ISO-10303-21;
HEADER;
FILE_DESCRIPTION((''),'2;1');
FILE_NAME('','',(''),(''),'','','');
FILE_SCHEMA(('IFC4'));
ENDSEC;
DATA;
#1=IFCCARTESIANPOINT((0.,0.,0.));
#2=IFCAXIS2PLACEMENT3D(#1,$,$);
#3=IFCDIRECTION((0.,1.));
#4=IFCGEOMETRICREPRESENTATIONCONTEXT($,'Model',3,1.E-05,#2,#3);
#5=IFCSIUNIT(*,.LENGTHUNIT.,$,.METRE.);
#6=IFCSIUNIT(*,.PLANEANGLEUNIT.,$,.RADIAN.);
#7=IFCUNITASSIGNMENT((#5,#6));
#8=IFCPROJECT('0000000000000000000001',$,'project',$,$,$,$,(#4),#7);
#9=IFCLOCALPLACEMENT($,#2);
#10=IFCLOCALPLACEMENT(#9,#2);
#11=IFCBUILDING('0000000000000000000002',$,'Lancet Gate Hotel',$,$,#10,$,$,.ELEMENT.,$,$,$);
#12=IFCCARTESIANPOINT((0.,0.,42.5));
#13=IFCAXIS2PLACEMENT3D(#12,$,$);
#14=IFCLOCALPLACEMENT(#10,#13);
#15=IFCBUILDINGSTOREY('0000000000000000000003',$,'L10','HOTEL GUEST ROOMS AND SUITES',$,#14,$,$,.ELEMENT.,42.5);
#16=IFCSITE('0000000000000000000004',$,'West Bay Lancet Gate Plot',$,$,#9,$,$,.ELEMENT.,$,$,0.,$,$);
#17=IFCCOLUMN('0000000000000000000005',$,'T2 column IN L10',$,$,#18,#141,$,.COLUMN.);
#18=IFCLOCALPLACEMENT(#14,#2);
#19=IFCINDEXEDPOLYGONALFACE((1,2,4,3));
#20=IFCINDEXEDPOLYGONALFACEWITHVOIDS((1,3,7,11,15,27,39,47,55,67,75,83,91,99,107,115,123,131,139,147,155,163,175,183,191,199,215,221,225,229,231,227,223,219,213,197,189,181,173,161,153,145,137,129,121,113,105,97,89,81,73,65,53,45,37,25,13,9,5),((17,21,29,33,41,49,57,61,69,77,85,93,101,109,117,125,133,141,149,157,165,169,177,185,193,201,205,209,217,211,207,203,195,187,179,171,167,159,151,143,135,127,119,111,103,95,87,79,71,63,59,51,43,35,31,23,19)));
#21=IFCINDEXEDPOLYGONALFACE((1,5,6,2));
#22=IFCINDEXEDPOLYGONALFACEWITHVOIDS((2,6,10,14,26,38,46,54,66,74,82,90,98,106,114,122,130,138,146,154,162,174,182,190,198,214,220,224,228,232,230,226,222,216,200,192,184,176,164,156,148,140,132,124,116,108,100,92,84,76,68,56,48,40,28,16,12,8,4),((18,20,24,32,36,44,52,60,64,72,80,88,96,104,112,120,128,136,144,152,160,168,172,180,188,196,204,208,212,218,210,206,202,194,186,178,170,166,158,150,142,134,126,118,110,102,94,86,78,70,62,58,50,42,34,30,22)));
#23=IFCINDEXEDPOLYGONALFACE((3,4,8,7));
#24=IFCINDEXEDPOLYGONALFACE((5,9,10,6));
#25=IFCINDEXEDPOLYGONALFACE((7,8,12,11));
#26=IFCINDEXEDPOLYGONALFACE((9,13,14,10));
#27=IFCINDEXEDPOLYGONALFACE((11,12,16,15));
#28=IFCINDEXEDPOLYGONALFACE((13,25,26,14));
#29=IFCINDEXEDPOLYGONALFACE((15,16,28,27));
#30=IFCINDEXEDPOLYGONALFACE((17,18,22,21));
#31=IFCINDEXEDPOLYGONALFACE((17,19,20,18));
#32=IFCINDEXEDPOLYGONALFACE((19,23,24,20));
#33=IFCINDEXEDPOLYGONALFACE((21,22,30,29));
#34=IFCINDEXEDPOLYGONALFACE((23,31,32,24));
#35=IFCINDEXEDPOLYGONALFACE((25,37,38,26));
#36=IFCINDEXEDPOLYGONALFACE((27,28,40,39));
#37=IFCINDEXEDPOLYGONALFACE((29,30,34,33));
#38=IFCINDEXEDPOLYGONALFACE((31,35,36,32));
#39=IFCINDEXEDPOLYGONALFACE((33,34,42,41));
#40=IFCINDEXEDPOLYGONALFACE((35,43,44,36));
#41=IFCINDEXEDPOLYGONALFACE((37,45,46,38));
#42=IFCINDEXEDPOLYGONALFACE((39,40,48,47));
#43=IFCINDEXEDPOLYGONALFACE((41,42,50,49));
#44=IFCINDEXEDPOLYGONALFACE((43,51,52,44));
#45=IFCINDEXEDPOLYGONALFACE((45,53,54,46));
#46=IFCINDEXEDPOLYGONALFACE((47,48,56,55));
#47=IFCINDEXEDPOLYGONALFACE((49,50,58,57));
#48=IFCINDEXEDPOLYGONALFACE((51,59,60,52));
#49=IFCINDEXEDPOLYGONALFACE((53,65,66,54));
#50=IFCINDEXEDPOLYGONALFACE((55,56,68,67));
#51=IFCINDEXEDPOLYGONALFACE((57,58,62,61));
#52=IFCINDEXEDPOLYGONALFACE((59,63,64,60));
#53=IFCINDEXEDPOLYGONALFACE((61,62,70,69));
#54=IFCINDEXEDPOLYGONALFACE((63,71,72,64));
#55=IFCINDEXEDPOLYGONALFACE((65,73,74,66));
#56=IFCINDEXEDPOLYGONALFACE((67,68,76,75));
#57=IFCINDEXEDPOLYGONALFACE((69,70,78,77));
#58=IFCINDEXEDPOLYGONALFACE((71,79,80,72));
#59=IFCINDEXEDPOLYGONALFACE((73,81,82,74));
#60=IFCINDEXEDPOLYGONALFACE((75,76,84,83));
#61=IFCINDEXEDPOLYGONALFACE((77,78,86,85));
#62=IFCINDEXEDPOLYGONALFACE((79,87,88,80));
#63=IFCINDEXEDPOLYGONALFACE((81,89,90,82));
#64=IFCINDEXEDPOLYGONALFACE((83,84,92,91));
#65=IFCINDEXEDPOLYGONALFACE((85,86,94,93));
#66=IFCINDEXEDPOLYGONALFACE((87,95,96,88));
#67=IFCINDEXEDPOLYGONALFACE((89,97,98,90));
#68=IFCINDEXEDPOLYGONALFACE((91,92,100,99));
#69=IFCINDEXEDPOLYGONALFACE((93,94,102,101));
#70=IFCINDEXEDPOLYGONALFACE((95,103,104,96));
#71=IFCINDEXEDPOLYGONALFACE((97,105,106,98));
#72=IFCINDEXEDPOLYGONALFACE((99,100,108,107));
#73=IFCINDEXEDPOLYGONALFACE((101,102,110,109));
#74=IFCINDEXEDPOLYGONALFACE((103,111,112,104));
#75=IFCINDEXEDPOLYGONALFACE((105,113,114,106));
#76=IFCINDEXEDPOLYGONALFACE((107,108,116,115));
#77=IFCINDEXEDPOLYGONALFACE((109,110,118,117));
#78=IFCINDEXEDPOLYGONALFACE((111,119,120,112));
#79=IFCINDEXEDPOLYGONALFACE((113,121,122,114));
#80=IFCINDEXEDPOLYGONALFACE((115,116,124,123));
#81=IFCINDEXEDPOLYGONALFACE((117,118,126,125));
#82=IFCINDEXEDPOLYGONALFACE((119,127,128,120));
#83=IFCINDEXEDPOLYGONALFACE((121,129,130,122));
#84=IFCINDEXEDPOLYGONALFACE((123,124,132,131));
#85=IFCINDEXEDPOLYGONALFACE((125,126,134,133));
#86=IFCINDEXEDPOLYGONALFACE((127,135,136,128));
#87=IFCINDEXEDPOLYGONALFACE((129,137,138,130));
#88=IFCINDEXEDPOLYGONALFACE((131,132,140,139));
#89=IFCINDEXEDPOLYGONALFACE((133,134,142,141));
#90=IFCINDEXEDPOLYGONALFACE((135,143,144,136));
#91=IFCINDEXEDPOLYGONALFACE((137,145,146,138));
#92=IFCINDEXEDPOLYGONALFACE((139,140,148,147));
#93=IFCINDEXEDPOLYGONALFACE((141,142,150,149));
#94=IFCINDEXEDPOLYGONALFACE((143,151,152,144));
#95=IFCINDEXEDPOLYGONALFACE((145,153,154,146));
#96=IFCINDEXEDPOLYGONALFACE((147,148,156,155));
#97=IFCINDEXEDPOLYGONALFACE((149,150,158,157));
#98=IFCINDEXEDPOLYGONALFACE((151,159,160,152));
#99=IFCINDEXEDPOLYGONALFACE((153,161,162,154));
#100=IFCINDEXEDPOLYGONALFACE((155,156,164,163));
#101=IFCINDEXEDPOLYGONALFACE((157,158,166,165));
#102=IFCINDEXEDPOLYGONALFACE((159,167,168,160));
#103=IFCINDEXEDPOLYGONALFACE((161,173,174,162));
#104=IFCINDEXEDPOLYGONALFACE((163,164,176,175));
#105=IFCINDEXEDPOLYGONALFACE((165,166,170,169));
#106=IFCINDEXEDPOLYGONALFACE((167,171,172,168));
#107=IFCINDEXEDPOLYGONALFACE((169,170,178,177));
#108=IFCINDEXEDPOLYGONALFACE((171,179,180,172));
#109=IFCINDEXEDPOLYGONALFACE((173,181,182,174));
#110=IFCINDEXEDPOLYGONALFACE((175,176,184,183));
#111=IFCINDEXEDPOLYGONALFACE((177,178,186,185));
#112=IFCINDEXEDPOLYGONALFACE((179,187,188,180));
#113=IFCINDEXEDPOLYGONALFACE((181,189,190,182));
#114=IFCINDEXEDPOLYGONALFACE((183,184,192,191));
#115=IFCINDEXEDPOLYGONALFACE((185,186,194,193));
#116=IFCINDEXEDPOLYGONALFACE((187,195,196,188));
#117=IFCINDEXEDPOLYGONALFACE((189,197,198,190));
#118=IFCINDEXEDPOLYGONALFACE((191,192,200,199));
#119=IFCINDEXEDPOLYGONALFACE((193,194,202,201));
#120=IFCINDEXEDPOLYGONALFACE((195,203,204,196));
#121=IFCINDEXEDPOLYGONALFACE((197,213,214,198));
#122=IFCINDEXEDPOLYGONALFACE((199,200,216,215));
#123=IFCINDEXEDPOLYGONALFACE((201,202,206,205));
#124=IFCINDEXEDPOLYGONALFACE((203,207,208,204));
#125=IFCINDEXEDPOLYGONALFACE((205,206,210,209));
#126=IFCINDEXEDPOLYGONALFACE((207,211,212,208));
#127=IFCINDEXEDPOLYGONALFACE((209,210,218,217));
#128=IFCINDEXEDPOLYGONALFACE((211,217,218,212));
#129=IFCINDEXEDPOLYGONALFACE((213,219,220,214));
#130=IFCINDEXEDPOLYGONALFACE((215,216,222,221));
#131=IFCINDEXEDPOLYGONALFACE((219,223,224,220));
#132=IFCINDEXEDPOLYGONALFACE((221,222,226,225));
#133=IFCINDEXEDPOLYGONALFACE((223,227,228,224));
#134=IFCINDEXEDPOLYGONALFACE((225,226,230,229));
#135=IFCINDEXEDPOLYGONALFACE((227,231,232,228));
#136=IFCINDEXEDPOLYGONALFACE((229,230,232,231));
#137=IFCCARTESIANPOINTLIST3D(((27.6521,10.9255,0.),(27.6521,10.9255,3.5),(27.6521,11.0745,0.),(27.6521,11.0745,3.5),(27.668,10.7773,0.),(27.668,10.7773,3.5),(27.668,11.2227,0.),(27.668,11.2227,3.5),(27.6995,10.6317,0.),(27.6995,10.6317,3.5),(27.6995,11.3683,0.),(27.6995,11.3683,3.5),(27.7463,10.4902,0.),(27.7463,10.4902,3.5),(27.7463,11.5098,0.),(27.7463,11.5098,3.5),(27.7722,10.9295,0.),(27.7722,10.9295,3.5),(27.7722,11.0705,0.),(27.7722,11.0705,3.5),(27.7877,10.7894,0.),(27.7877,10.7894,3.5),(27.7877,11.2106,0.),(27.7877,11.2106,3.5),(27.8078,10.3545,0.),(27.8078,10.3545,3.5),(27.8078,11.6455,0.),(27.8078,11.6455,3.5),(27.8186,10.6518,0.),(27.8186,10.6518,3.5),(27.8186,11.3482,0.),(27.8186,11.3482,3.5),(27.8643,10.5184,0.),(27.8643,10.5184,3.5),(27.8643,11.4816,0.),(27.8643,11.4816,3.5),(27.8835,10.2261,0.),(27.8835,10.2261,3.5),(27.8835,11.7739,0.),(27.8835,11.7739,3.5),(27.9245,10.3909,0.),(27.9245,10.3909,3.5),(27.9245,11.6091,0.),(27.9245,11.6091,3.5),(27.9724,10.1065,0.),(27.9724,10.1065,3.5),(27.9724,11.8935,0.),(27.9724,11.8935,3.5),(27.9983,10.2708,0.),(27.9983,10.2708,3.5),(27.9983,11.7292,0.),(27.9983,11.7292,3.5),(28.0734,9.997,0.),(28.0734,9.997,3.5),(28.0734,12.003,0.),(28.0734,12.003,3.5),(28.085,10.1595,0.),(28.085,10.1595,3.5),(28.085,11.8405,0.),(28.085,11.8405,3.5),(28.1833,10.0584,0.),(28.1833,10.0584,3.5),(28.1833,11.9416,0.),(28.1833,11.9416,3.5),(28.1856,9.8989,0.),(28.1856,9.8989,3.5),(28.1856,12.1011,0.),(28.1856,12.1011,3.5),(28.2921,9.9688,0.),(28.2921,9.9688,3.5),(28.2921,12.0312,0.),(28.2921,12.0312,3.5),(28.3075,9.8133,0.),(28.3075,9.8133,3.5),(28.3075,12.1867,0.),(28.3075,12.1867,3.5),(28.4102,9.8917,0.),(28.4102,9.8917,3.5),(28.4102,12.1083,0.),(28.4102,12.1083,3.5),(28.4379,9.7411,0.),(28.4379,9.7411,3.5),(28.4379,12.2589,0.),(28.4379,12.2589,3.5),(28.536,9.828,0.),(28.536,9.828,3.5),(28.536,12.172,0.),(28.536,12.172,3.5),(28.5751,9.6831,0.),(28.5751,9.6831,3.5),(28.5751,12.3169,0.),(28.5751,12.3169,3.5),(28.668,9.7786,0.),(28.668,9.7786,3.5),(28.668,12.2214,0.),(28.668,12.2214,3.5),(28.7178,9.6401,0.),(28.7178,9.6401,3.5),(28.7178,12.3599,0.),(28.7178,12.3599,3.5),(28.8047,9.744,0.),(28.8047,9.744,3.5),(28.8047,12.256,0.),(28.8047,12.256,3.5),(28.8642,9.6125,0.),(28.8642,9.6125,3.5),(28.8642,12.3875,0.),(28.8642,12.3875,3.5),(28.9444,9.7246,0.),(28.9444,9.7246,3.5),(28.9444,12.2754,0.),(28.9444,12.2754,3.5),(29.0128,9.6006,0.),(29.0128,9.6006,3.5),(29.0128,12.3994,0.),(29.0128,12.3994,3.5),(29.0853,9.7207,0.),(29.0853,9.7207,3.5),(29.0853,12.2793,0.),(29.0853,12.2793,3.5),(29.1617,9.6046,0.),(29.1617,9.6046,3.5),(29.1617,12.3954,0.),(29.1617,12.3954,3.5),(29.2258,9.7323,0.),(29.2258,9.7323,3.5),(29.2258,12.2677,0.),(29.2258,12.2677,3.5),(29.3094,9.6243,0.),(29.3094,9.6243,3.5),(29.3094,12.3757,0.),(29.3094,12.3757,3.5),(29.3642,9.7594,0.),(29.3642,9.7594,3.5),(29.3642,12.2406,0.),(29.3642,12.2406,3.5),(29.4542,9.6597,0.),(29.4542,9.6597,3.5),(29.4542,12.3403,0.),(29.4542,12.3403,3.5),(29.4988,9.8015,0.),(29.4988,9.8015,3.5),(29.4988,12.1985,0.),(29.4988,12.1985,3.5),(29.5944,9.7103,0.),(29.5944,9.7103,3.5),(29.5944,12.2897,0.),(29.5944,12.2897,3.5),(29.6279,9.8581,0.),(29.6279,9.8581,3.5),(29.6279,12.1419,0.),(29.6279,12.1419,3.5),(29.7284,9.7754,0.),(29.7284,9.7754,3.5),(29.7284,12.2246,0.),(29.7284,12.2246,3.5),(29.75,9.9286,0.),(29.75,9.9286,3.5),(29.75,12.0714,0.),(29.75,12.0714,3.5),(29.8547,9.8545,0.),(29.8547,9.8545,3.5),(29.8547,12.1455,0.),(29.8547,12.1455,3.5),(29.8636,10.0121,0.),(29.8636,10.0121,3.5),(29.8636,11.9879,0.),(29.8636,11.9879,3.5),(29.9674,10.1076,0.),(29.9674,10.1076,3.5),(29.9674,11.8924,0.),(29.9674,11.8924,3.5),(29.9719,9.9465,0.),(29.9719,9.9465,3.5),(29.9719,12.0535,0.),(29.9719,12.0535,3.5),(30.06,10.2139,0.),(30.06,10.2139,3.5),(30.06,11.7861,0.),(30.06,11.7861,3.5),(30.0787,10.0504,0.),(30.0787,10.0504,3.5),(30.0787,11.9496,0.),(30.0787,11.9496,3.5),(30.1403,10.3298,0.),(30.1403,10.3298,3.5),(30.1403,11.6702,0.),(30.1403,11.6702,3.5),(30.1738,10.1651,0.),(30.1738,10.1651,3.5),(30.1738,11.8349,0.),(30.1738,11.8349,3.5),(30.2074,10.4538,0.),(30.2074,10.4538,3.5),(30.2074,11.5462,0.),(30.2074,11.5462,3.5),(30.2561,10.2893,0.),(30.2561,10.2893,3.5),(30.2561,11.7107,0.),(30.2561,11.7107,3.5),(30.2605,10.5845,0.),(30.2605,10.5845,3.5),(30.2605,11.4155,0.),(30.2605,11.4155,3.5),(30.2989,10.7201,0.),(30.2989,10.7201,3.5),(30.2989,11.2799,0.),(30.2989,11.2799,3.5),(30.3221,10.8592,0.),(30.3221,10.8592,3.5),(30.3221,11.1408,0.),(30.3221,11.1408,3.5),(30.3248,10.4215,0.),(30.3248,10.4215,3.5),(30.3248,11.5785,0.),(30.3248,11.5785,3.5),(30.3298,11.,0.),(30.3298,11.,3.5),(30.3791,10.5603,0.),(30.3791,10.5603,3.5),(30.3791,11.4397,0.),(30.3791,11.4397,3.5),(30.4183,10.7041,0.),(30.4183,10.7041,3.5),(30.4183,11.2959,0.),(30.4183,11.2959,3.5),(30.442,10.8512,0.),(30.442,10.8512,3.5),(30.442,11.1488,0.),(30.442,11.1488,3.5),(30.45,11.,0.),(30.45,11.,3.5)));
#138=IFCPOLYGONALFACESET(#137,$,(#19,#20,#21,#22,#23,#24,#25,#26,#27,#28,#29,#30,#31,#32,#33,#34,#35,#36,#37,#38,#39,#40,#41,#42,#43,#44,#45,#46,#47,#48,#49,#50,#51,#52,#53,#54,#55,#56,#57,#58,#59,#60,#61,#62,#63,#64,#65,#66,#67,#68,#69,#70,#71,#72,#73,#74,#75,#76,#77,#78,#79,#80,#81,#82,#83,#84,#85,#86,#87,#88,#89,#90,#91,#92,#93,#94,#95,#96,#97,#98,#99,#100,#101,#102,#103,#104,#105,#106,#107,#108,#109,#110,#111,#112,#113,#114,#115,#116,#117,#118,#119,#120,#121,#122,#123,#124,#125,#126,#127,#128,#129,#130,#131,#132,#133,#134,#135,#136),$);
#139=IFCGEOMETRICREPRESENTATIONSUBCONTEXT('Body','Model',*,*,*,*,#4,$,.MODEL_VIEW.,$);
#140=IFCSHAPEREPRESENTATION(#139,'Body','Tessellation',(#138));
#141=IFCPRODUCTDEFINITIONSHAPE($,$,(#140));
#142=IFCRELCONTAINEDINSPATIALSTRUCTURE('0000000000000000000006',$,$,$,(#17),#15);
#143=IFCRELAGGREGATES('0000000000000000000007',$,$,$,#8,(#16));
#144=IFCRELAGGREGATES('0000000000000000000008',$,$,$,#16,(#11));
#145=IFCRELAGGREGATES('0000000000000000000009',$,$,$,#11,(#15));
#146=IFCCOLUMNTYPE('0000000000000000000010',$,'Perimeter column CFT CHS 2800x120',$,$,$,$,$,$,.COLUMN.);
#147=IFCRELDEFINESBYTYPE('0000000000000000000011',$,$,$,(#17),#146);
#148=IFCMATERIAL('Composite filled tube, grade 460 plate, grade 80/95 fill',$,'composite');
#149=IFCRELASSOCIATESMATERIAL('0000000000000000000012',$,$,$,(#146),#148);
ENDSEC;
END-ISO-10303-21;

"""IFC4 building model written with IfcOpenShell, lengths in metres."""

from ifc_helpers import new_model, si_unit, direction, frame, origin, origin_2d, place, context, subcontext, project, spatial, hollow_circle, extrude, material, material_profile, profile_set, type_object, element, save


model = new_model("IFC4")

# Units and contexts
model_context = context("Model", 3, precision=1e-05, world=origin(), true_north=direction((0.0, 1.0)))
body_context = subcontext(model_context, "Body", "Model", "MODEL_VIEW")
ifc_project = project(units=[si_unit("LENGTHUNIT", "METRE"), si_unit("PLANEANGLEUNIT", "RADIAN")], contexts=[model_context])

# Site, building, storey
site_placement = place(None, origin())
site = spatial("IfcSite", under=ifc_project, at=site_placement, Name="West Bay Lancet Gate Plot", CompositionType="ELEMENT", RefElevation=0.0)
building_placement = place(site_placement, origin())
building = spatial("IfcBuilding", under=site, at=building_placement, Name="Lancet Gate Hotel", CompositionType="ELEMENT")
storey_placement = place(building_placement, frame((0.0, 0.0, 42.5)))
storey = spatial("IfcBuildingStorey", under=building, at=storey_placement, Name="L10", Description="HOTEL GUEST ROOMS AND SUITES", CompositionType="ELEMENT", Elevation=42.5)

# Column
ifc_material_1 = material(Name="Composite filled tube, grade 460 plate, grade 80/95 fill", Category="composite")
ifc_material_profile_1 = material_profile(ifc_material_1, hollow_circle(Radius=1.3999, WallThickness=0.1201, at=origin_2d()), Name="CHS 2800x120")
ifc_profile_set_1 = profile_set([ifc_material_profile_1], Name="Composite filled tube, grade 460 plate, grade 80/95 fill")
column_type = type_object("IfcColumnType", Name="Perimeter column CFT CHS 2800x120", PredefinedType="COLUMN", material=ifc_profile_set_1)
for number, where, z_axis, x_axis, name in (
    (1, (29.05, 11.0, 0.0), (0.0, 0.0, 1.0), (1.0, 0.0, 0.0), "T2 column IN L10"),
):
    element("IfcColumn", number, at=place(storey_placement, frame(where, z_axis=z_axis, x_axis=x_axis)), inside=storey, type_object=column_type, Name=name, PredefinedType="COLUMN", context=body_context, shape_type="SweptSolid", body=[
        extrude(hollow_circle(Radius=1.3999, WallThickness=0.1201, at=origin_2d()), origin(), (0.0, 0.0, 1.0), 3.5),
    ])

save(model, "model.ifc")
